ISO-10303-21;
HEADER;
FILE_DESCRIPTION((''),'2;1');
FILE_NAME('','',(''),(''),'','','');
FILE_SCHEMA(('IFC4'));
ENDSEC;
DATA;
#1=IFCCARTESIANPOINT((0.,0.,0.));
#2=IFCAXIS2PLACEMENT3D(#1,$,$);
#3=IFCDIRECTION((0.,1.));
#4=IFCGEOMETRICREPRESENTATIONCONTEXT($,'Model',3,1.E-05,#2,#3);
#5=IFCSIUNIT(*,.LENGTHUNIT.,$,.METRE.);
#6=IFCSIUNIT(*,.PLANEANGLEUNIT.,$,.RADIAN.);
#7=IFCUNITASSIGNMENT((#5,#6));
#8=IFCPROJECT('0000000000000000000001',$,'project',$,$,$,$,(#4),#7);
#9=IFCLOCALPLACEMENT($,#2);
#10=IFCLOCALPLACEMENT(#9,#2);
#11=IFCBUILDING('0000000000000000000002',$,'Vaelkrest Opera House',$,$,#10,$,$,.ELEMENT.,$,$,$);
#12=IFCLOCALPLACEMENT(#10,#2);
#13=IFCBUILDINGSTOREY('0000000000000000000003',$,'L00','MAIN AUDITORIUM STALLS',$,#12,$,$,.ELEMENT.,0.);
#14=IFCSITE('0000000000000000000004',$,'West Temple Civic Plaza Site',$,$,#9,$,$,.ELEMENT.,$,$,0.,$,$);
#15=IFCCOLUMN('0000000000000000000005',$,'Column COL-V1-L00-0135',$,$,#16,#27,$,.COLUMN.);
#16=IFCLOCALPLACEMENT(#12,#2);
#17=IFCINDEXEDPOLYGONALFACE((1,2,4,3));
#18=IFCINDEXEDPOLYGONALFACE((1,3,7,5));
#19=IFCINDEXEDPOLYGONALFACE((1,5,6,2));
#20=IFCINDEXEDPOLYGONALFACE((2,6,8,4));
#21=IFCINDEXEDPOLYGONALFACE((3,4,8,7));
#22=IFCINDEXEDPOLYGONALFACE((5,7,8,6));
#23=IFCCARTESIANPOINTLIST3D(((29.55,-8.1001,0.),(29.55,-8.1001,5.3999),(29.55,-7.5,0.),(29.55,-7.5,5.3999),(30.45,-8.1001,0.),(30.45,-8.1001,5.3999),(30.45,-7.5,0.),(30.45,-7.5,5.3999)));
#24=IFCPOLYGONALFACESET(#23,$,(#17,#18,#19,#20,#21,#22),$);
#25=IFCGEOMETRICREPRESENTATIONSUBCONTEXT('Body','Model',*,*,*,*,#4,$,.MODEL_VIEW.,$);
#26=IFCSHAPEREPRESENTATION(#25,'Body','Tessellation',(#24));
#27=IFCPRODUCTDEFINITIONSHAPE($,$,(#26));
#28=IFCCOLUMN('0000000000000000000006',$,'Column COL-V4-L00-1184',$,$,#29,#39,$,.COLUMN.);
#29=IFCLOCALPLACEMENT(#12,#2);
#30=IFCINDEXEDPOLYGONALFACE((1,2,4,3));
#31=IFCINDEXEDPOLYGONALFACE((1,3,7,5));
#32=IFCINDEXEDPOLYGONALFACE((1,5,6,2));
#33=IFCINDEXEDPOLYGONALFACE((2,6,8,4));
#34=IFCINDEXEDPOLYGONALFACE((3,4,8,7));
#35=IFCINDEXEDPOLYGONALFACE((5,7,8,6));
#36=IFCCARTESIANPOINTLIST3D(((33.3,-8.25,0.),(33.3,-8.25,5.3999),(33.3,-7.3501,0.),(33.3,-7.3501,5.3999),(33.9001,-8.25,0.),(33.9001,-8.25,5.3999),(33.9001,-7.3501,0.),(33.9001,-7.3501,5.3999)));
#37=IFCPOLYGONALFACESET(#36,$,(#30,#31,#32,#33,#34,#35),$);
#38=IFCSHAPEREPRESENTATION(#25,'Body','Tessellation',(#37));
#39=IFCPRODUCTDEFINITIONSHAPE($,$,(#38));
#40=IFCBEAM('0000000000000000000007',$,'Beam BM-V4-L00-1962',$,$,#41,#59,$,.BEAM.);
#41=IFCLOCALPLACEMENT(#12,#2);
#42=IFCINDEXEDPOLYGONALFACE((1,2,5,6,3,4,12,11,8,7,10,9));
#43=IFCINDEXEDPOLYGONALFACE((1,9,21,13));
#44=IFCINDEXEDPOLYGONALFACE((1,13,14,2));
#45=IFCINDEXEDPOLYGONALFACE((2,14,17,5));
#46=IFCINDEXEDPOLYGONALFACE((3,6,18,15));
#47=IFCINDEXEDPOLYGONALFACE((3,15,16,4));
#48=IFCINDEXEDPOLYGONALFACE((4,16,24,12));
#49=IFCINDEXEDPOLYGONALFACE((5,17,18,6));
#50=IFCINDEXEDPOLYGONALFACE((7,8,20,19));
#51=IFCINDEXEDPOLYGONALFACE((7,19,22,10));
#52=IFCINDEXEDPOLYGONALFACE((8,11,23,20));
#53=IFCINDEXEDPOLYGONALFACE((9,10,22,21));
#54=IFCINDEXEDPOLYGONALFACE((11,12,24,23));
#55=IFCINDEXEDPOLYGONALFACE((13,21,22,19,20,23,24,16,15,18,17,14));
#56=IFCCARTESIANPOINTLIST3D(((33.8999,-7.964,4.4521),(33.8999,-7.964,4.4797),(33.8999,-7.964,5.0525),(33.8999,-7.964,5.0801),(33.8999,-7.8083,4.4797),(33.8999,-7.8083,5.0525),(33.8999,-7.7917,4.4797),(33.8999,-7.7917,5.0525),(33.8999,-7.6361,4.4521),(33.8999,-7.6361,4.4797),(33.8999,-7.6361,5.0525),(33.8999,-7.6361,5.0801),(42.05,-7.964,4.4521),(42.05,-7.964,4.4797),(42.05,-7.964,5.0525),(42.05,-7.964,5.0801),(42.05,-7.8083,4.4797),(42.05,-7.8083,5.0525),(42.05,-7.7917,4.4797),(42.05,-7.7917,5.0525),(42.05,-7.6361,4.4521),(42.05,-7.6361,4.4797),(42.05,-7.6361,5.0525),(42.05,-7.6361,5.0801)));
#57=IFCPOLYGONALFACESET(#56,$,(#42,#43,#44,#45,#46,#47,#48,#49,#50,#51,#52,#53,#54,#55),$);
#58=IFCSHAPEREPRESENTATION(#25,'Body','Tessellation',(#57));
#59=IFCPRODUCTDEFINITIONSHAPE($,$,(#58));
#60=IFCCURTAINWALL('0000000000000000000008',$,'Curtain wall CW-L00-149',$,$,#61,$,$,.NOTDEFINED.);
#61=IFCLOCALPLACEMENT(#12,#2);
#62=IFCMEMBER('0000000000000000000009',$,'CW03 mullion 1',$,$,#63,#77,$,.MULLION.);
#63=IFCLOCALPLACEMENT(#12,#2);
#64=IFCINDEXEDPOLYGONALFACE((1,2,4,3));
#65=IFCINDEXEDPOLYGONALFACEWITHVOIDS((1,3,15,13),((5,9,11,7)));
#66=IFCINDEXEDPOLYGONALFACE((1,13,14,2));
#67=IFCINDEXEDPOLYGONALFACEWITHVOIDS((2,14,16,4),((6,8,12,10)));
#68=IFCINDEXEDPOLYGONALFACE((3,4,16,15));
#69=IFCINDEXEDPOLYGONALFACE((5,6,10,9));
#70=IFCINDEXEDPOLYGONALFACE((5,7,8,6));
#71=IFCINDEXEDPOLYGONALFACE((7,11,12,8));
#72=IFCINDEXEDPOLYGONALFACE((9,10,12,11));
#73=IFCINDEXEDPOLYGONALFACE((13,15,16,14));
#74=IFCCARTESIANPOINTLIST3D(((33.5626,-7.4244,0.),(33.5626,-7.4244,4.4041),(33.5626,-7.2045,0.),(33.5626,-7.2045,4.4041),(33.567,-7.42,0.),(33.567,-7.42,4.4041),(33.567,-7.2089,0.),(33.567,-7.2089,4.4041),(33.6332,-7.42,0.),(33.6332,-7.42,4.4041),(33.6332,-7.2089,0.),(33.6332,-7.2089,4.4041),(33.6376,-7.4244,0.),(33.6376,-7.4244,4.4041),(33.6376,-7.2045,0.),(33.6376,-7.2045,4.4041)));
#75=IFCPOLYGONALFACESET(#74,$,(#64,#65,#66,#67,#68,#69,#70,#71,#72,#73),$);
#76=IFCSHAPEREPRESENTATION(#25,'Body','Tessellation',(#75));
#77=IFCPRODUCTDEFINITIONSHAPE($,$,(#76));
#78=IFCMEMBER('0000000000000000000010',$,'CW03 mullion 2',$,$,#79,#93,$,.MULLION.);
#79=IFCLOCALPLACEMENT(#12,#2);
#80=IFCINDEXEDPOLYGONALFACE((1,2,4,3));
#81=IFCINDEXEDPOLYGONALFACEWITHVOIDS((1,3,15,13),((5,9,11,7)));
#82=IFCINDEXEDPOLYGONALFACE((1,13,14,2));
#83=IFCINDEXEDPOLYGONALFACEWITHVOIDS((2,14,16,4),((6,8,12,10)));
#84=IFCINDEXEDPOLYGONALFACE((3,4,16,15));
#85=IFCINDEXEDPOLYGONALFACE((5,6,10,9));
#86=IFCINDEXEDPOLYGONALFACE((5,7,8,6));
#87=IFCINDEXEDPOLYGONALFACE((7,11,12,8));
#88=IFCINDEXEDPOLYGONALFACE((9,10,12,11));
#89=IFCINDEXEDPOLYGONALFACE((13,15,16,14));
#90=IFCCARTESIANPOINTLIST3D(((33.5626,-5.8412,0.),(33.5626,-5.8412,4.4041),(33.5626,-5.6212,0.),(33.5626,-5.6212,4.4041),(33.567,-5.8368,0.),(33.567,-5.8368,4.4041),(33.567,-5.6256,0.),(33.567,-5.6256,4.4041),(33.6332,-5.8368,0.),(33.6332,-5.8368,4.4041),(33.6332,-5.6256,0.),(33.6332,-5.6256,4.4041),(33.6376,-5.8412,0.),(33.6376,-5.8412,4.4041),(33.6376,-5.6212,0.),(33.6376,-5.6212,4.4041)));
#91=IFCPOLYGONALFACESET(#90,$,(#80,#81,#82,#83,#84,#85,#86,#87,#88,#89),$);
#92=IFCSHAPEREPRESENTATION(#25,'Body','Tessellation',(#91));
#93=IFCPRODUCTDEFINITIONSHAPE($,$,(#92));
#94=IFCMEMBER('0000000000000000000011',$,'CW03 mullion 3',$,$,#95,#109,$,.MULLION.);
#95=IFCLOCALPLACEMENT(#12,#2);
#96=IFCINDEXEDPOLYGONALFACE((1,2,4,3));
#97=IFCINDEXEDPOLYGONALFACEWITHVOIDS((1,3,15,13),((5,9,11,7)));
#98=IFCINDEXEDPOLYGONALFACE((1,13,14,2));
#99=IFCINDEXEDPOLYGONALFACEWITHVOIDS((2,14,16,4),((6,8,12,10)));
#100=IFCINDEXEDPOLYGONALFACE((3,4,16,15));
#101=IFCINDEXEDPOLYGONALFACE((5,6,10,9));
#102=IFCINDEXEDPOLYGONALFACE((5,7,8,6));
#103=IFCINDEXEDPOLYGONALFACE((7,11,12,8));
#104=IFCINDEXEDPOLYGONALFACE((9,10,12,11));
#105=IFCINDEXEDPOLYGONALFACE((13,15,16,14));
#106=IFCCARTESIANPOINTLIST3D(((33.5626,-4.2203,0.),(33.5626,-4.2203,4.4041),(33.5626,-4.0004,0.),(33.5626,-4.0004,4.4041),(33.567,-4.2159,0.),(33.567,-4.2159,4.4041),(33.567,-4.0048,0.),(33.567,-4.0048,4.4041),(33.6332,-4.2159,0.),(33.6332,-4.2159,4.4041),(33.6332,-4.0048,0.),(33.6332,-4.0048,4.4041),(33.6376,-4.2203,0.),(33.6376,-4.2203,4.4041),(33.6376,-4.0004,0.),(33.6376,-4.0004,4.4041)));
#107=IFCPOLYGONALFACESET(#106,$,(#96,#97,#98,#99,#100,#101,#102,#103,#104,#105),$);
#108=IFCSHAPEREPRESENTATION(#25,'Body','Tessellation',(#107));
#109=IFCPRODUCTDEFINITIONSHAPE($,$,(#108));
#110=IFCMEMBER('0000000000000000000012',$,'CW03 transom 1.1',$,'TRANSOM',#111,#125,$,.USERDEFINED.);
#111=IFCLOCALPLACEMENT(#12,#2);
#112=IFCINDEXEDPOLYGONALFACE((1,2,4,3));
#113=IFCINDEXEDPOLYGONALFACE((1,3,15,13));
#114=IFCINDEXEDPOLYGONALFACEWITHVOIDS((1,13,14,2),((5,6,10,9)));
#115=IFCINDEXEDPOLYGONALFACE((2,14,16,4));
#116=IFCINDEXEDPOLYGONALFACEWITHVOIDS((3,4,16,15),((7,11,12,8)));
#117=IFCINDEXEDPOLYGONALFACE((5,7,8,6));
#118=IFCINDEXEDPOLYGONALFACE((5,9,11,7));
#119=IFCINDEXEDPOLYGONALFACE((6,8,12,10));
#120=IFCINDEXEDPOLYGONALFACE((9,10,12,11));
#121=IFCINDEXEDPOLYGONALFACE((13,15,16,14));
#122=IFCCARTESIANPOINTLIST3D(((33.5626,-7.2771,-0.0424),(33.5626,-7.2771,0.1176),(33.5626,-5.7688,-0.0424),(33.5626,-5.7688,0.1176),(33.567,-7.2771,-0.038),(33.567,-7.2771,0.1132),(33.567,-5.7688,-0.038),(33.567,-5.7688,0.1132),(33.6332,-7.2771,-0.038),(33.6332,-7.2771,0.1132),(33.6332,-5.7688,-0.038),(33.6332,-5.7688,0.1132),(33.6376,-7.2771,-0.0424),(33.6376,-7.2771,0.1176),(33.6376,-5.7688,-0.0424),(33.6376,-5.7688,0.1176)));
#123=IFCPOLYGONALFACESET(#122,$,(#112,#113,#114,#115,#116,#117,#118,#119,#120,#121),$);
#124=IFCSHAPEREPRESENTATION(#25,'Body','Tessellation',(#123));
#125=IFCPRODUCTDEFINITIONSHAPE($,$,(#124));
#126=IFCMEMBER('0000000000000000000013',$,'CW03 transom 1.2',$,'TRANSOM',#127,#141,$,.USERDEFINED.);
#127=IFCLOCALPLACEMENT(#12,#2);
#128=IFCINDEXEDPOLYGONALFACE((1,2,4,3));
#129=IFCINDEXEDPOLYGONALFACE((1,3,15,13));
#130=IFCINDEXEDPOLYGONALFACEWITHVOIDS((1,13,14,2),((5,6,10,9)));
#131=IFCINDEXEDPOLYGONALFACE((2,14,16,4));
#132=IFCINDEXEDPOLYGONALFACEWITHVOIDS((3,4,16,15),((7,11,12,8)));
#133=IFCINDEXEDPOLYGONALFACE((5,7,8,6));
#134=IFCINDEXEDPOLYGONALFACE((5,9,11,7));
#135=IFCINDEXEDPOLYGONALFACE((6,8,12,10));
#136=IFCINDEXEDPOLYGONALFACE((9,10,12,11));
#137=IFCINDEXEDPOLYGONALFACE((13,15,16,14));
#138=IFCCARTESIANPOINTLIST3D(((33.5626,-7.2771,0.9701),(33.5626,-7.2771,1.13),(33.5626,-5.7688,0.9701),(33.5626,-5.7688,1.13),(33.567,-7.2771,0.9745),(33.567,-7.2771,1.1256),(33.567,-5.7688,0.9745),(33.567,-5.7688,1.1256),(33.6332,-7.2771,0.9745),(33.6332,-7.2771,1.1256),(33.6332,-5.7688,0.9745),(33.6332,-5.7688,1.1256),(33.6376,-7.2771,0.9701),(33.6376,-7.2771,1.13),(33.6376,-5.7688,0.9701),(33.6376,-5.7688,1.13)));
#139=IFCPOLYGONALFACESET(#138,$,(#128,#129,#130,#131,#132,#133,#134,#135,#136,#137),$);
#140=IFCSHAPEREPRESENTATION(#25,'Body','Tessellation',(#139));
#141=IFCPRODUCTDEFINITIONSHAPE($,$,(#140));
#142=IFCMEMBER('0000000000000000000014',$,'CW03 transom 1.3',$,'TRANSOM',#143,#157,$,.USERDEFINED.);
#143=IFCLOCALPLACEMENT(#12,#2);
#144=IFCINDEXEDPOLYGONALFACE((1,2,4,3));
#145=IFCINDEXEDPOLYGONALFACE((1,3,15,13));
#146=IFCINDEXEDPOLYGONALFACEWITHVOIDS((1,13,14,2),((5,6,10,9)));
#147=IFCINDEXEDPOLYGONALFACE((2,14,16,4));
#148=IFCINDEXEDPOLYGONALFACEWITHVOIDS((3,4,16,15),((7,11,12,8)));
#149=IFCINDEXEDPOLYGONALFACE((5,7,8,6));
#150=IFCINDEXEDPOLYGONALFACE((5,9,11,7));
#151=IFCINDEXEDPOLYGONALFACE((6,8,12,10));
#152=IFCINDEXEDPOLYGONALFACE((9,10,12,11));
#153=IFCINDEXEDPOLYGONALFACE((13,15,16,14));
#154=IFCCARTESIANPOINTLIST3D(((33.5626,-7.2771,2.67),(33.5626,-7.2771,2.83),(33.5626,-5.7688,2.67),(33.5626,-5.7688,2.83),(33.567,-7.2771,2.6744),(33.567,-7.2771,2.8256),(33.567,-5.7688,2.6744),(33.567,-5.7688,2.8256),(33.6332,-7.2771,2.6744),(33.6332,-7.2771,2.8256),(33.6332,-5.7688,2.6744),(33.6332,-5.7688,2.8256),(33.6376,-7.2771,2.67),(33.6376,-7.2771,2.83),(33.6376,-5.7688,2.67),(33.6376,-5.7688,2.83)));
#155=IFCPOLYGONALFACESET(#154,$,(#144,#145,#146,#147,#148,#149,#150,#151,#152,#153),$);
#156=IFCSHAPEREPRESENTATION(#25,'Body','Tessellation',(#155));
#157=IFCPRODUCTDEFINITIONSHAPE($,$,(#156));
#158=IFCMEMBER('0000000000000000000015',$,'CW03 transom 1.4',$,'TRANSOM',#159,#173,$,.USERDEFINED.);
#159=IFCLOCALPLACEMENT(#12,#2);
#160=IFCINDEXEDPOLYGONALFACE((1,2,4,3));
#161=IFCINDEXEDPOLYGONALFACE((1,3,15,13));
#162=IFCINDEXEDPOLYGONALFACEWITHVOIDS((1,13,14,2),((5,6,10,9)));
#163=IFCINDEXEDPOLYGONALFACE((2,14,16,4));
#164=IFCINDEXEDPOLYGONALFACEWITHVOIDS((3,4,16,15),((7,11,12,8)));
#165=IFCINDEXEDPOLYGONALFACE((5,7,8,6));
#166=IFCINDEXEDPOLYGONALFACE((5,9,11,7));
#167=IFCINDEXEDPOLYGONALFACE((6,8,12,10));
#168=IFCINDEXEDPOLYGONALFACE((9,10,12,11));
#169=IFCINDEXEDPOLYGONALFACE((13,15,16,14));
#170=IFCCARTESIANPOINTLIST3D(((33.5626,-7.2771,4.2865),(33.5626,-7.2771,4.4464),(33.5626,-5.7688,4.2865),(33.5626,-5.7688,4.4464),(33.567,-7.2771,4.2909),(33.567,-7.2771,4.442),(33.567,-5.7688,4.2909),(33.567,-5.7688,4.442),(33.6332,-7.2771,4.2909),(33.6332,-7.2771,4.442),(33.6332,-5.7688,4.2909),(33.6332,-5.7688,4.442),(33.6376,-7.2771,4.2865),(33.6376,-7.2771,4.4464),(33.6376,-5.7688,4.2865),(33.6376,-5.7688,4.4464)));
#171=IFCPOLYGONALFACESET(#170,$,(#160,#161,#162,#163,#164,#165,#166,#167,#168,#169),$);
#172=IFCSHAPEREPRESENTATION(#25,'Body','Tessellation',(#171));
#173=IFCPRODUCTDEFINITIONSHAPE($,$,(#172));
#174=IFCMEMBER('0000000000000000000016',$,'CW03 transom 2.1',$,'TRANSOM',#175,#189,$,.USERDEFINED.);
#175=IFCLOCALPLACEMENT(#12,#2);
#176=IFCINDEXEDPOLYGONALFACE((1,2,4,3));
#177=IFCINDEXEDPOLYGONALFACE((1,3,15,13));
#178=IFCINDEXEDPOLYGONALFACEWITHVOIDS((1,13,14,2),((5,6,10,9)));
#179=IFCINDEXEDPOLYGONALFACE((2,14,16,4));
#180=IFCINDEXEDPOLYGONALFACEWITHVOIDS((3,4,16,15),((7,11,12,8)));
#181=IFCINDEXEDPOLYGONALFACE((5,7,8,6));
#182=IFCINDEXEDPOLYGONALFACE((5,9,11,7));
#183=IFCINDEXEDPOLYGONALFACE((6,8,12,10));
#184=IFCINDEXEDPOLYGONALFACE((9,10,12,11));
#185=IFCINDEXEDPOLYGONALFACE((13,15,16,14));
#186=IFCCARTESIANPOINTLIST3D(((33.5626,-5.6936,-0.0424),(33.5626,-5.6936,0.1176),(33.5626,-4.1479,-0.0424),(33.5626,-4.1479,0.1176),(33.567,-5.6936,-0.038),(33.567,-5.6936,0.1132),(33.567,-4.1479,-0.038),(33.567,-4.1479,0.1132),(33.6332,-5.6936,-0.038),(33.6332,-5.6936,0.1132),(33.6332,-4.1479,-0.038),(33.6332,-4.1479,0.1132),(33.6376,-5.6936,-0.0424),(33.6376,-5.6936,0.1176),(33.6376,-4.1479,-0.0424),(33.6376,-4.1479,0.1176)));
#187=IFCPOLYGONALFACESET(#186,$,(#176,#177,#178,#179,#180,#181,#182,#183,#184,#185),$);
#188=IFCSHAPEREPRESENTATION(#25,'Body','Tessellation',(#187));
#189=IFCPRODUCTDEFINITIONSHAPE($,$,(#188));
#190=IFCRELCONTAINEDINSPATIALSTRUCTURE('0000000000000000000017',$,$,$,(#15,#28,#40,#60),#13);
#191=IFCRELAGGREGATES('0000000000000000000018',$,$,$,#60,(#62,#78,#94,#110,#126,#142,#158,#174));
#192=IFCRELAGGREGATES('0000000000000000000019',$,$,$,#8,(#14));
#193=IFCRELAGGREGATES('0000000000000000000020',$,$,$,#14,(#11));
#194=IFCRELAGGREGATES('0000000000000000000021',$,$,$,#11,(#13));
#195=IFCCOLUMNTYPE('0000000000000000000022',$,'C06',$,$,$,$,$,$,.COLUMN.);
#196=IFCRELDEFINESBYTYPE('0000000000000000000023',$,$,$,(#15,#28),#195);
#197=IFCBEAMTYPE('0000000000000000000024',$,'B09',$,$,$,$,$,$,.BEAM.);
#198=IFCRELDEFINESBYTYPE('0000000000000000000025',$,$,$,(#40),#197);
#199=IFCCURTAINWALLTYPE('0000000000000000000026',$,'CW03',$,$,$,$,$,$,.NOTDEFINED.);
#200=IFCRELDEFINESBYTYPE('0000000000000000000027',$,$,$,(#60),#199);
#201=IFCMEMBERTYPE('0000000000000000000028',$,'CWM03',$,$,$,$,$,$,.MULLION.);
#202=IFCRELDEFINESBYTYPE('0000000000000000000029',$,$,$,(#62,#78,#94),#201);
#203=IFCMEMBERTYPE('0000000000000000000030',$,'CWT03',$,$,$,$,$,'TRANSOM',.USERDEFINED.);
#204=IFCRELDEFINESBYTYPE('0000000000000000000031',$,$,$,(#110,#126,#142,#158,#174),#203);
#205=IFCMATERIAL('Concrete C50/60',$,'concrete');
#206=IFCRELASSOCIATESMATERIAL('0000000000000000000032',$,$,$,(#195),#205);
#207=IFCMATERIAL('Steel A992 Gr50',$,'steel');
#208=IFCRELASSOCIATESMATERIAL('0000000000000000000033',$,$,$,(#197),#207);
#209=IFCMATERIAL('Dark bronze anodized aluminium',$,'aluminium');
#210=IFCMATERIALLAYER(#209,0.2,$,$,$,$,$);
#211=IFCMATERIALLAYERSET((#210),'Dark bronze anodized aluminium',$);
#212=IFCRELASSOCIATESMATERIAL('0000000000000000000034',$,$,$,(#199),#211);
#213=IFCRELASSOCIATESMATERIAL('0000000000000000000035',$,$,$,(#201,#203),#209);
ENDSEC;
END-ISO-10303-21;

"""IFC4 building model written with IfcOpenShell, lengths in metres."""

from ifc_helpers import new_model, si_unit, direction, frame, origin, origin_2d, place, context, subcontext, project, spatial, rectangle, hollow_rectangle, i_section, extrude, material, layer, layer_set, material_profile, profile_set, type_object, element, aggregate, save


model = new_model("IFC4")

# Units and contexts
model_context = context("Model", 3, precision=1e-05, world=origin(), true_north=direction((0.0, 1.0)))
body_context = subcontext(model_context, "Body", "Model", "MODEL_VIEW")
ifc_project = project(units=[si_unit("LENGTHUNIT", "METRE"), si_unit("PLANEANGLEUNIT", "RADIAN")], contexts=[model_context])

# Site, building, storey
site_placement = place(None, origin())
site = spatial("IfcSite", under=ifc_project, at=site_placement, Name="West Temple Civic Plaza Site", CompositionType="ELEMENT", RefElevation=0.0)
building_placement = place(site_placement, origin())
building = spatial("IfcBuilding", under=site, at=building_placement, Name="Vaelkrest Opera House", CompositionType="ELEMENT")
storey_placement = place(building_placement, origin())
storey = spatial("IfcBuildingStorey", under=building, at=storey_placement, Name="L00", Description="MAIN AUDITORIUM STALLS", CompositionType="ELEMENT", Elevation=0.0)

# Columns
ifc_material_1 = material(Name="Concrete C50/60", Category="concrete")
ifc_material_profile_1 = material_profile(ifc_material_1, rectangle(XDim=0.6001, YDim=0.8999, at=origin_2d()), Name="RC600X900")
ifc_profile_set_1 = profile_set([ifc_material_profile_1], Name="Concrete C50/60")
column_type = type_object("IfcColumnType", Name="C06", PredefinedType="COLUMN", material=ifc_profile_set_1)
for number, where, z_axis, x_axis, name in (
    (1, (30.0, -7.8, 0.0), (0.0, 0.0, 1.0), (0.0, 1.0, 0.0), "Column COL-V1-L00-0135"),
    (2, (33.6001, -7.8, 0.0), (0.0, 0.0, 1.0), (1.0, 0.0, 0.0), "Column COL-V4-L00-1184"),
):
    element("IfcColumn", number, at=place(storey_placement, frame(where, z_axis=z_axis, x_axis=x_axis)), inside=storey, type_object=column_type, Name=name, PredefinedType="COLUMN", context=body_context, shape_type="SweptSolid", body=[
        extrude(rectangle(XDim=0.6001, YDim=0.8999, at=origin_2d()), origin(), (0.0, 0.0, 1.0), 5.3999),
    ])

# Beam
ifc_material_2 = material(Name="Steel A992 Gr50", Category="steel")
ifc_material_profile_2 = material_profile(ifc_material_2, i_section(OverallWidth=0.3279, OverallDepth=0.6279, WebThickness=0.0166, FlangeThickness=0.0276, at=origin_2d()), Name="W24X146")
ifc_profile_set_2 = profile_set([ifc_material_profile_2], Name="Steel A992 Gr50")
beam_type_1 = type_object("IfcBeamType", Name="B09", PredefinedType="BEAM", material=ifc_profile_set_2)
beam_1_placement = place(storey_placement, frame((33.8999, -7.8, 4.7661), z_axis=(1.0, 0.0, 0.0), x_axis=(0.0, 1.0, 0.0)))
element("IfcBeam", 3, at=beam_1_placement, inside=storey, type_object=beam_type_1, Name="Beam BM-V4-L00-1962", PredefinedType="BEAM", context=body_context, shape_type="SweptSolid", body=[
    extrude(i_section(OverallWidth=0.3279, OverallDepth=0.6279, WebThickness=0.0166, FlangeThickness=0.0276, at=origin_2d()), origin(), (0.0, 0.0, 1.0), 8.1501),
])

# Curtain wall, members
ifc_material_3 = material(Name="Dark bronze anodized aluminium", Category="aluminium")
ifc_layer_1 = layer(ifc_material_3, 0.2)
ifc_layer_set_1 = layer_set([ifc_layer_1], Name="Dark bronze anodized aluminium")
curtain_wall_type = type_object("IfcCurtainWallType", Name="CW03", PredefinedType="NOTDEFINED", material=ifc_layer_set_1)
curtain_wall_placement = place(storey_placement, origin())
curtain_wall = element("IfcCurtainWall", 4, at=curtain_wall_placement, inside=storey, type_object=curtain_wall_type, Name="Curtain wall CW-L00-149", PredefinedType="NOTDEFINED")
ifc_material_profile_3 = material_profile(ifc_material_3, hollow_rectangle(XDim=0.075, YDim=0.22, WallThickness=0.0044, at=origin_2d()), Name="CWM75X220")
ifc_profile_set_3 = profile_set([ifc_material_profile_3], Name="Dark bronze anodized aluminium")
member_type_1 = type_object("IfcMemberType", Name="CWM03", PredefinedType="MULLION", material=ifc_profile_set_3)
member_1_placement = place(storey_placement, frame((33.6001, -7.3145, 0.0), z_axis=(0.0, 0.0, 1.0), x_axis=(-1.0, 0.0, 0.0)))
member_1 = element("IfcMember", 5, at=member_1_placement, type_object=member_type_1, Name="CW03 mullion 1", PredefinedType="MULLION", context=body_context, shape_type="SweptSolid", body=[
    extrude(hollow_rectangle(XDim=0.075, YDim=0.22, WallThickness=0.0044, at=origin_2d()), origin(), (0.0, 0.0, 1.0), 4.4041),
])
member_2_placement = place(storey_placement, frame((33.6001, -5.7312, 0.0), z_axis=(0.0, 0.0, 1.0), x_axis=(-1.0, 0.0, 0.0)))
member_2 = element("IfcMember", 6, at=member_2_placement, type_object=member_type_1, Name="CW03 mullion 2", PredefinedType="MULLION", context=body_context, shape_type="SweptSolid", body=[
    extrude(hollow_rectangle(XDim=0.075, YDim=0.22, WallThickness=0.0044, at=origin_2d()), origin(), (0.0, 0.0, 1.0), 4.4041),
])
member_3_placement = place(storey_placement, frame((33.6001, -4.1104, 0.0), z_axis=(0.0, 0.0, 1.0), x_axis=(-1.0, 0.0, 0.0)))
member_3 = element("IfcMember", 7, at=member_3_placement, type_object=member_type_1, Name="CW03 mullion 3", PredefinedType="MULLION", context=body_context, shape_type="SweptSolid", body=[
    extrude(hollow_rectangle(XDim=0.075, YDim=0.22, WallThickness=0.0044, at=origin_2d()), origin(), (0.0, 0.0, 1.0), 4.4041),
])
ifc_material_profile_4 = material_profile(ifc_material_3, hollow_rectangle(XDim=0.075, YDim=0.1599, WallThickness=0.0044, at=origin_2d()), Name="CWT75X160")
ifc_profile_set_4 = profile_set([ifc_material_profile_4], Name="Dark bronze anodized aluminium")
member_type_2 = type_object("IfcMemberType", Name="CWT03", ElementType="TRANSOM", PredefinedType="USERDEFINED", material=ifc_profile_set_4)
member_4_placement = place(storey_placement, frame((33.6001, -7.2771, 0.0376), z_axis=(0.0, 1.0, 0.0), x_axis=(-1.0, 0.0, 0.0)))
member_4 = element("IfcMember", 8, at=member_4_placement, type_object=member_type_2, Name="CW03 transom 1.1", ObjectType="TRANSOM", PredefinedType="USERDEFINED", context=body_context, shape_type="SweptSolid", body=[
    extrude(hollow_rectangle(XDim=0.075, YDim=0.1599, WallThickness=0.0044, at=origin_2d()), origin(), (0.0, 0.0, 1.0), 1.5083),
])
member_5_placement = place(storey_placement, frame((33.6001, -7.2771, 1.05), z_axis=(0.0, 1.0, 0.0), x_axis=(-1.0, 0.0, 0.0)))
member_5 = element("IfcMember", 9, at=member_5_placement, type_object=member_type_2, Name="CW03 transom 1.2", ObjectType="TRANSOM", PredefinedType="USERDEFINED", context=body_context, shape_type="SweptSolid", body=[
    extrude(hollow_rectangle(XDim=0.075, YDim=0.1599, WallThickness=0.0044, at=origin_2d()), origin(), (0.0, 0.0, 1.0), 1.5083),
])
member_6_placement = place(storey_placement, frame((33.6001, -7.2771, 2.75), z_axis=(0.0, 1.0, 0.0), x_axis=(-1.0, 0.0, 0.0)))
member_6 = element("IfcMember", 10, at=member_6_placement, type_object=member_type_2, Name="CW03 transom 1.3", ObjectType="TRANSOM", PredefinedType="USERDEFINED", context=body_context, shape_type="SweptSolid", body=[
    extrude(hollow_rectangle(XDim=0.075, YDim=0.1599, WallThickness=0.0044, at=origin_2d()), origin(), (0.0, 0.0, 1.0), 1.5083),
])
member_7_placement = place(storey_placement, frame((33.6001, -7.2771, 4.3665), z_axis=(0.0, 1.0, 0.0), x_axis=(-1.0, 0.0, 0.0)))
member_7 = element("IfcMember", 11, at=member_7_placement, type_object=member_type_2, Name="CW03 transom 1.4", ObjectType="TRANSOM", PredefinedType="USERDEFINED", context=body_context, shape_type="SweptSolid", body=[
    extrude(hollow_rectangle(XDim=0.075, YDim=0.1599, WallThickness=0.0044, at=origin_2d()), origin(), (0.0, 0.0, 1.0), 1.5083),
])
member_8_placement = place(storey_placement, frame((33.6001, -5.6936, 0.0376), z_axis=(0.0, 1.0, 0.0), x_axis=(-1.0, 0.0, 0.0)))
member_8 = element("IfcMember", 12, at=member_8_placement, type_object=member_type_2, Name="CW03 transom 2.1", ObjectType="TRANSOM", PredefinedType="USERDEFINED", context=body_context, shape_type="SweptSolid", body=[
    extrude(hollow_rectangle(XDim=0.075, YDim=0.1599, WallThickness=0.0044, at=origin_2d()), origin(), (0.0, 0.0, 1.0), 1.5457),
])

aggregate(curtain_wall, [member_1, member_2, member_3, member_4, member_5, member_6, member_7, member_8])

save(model, "model.ifc")
